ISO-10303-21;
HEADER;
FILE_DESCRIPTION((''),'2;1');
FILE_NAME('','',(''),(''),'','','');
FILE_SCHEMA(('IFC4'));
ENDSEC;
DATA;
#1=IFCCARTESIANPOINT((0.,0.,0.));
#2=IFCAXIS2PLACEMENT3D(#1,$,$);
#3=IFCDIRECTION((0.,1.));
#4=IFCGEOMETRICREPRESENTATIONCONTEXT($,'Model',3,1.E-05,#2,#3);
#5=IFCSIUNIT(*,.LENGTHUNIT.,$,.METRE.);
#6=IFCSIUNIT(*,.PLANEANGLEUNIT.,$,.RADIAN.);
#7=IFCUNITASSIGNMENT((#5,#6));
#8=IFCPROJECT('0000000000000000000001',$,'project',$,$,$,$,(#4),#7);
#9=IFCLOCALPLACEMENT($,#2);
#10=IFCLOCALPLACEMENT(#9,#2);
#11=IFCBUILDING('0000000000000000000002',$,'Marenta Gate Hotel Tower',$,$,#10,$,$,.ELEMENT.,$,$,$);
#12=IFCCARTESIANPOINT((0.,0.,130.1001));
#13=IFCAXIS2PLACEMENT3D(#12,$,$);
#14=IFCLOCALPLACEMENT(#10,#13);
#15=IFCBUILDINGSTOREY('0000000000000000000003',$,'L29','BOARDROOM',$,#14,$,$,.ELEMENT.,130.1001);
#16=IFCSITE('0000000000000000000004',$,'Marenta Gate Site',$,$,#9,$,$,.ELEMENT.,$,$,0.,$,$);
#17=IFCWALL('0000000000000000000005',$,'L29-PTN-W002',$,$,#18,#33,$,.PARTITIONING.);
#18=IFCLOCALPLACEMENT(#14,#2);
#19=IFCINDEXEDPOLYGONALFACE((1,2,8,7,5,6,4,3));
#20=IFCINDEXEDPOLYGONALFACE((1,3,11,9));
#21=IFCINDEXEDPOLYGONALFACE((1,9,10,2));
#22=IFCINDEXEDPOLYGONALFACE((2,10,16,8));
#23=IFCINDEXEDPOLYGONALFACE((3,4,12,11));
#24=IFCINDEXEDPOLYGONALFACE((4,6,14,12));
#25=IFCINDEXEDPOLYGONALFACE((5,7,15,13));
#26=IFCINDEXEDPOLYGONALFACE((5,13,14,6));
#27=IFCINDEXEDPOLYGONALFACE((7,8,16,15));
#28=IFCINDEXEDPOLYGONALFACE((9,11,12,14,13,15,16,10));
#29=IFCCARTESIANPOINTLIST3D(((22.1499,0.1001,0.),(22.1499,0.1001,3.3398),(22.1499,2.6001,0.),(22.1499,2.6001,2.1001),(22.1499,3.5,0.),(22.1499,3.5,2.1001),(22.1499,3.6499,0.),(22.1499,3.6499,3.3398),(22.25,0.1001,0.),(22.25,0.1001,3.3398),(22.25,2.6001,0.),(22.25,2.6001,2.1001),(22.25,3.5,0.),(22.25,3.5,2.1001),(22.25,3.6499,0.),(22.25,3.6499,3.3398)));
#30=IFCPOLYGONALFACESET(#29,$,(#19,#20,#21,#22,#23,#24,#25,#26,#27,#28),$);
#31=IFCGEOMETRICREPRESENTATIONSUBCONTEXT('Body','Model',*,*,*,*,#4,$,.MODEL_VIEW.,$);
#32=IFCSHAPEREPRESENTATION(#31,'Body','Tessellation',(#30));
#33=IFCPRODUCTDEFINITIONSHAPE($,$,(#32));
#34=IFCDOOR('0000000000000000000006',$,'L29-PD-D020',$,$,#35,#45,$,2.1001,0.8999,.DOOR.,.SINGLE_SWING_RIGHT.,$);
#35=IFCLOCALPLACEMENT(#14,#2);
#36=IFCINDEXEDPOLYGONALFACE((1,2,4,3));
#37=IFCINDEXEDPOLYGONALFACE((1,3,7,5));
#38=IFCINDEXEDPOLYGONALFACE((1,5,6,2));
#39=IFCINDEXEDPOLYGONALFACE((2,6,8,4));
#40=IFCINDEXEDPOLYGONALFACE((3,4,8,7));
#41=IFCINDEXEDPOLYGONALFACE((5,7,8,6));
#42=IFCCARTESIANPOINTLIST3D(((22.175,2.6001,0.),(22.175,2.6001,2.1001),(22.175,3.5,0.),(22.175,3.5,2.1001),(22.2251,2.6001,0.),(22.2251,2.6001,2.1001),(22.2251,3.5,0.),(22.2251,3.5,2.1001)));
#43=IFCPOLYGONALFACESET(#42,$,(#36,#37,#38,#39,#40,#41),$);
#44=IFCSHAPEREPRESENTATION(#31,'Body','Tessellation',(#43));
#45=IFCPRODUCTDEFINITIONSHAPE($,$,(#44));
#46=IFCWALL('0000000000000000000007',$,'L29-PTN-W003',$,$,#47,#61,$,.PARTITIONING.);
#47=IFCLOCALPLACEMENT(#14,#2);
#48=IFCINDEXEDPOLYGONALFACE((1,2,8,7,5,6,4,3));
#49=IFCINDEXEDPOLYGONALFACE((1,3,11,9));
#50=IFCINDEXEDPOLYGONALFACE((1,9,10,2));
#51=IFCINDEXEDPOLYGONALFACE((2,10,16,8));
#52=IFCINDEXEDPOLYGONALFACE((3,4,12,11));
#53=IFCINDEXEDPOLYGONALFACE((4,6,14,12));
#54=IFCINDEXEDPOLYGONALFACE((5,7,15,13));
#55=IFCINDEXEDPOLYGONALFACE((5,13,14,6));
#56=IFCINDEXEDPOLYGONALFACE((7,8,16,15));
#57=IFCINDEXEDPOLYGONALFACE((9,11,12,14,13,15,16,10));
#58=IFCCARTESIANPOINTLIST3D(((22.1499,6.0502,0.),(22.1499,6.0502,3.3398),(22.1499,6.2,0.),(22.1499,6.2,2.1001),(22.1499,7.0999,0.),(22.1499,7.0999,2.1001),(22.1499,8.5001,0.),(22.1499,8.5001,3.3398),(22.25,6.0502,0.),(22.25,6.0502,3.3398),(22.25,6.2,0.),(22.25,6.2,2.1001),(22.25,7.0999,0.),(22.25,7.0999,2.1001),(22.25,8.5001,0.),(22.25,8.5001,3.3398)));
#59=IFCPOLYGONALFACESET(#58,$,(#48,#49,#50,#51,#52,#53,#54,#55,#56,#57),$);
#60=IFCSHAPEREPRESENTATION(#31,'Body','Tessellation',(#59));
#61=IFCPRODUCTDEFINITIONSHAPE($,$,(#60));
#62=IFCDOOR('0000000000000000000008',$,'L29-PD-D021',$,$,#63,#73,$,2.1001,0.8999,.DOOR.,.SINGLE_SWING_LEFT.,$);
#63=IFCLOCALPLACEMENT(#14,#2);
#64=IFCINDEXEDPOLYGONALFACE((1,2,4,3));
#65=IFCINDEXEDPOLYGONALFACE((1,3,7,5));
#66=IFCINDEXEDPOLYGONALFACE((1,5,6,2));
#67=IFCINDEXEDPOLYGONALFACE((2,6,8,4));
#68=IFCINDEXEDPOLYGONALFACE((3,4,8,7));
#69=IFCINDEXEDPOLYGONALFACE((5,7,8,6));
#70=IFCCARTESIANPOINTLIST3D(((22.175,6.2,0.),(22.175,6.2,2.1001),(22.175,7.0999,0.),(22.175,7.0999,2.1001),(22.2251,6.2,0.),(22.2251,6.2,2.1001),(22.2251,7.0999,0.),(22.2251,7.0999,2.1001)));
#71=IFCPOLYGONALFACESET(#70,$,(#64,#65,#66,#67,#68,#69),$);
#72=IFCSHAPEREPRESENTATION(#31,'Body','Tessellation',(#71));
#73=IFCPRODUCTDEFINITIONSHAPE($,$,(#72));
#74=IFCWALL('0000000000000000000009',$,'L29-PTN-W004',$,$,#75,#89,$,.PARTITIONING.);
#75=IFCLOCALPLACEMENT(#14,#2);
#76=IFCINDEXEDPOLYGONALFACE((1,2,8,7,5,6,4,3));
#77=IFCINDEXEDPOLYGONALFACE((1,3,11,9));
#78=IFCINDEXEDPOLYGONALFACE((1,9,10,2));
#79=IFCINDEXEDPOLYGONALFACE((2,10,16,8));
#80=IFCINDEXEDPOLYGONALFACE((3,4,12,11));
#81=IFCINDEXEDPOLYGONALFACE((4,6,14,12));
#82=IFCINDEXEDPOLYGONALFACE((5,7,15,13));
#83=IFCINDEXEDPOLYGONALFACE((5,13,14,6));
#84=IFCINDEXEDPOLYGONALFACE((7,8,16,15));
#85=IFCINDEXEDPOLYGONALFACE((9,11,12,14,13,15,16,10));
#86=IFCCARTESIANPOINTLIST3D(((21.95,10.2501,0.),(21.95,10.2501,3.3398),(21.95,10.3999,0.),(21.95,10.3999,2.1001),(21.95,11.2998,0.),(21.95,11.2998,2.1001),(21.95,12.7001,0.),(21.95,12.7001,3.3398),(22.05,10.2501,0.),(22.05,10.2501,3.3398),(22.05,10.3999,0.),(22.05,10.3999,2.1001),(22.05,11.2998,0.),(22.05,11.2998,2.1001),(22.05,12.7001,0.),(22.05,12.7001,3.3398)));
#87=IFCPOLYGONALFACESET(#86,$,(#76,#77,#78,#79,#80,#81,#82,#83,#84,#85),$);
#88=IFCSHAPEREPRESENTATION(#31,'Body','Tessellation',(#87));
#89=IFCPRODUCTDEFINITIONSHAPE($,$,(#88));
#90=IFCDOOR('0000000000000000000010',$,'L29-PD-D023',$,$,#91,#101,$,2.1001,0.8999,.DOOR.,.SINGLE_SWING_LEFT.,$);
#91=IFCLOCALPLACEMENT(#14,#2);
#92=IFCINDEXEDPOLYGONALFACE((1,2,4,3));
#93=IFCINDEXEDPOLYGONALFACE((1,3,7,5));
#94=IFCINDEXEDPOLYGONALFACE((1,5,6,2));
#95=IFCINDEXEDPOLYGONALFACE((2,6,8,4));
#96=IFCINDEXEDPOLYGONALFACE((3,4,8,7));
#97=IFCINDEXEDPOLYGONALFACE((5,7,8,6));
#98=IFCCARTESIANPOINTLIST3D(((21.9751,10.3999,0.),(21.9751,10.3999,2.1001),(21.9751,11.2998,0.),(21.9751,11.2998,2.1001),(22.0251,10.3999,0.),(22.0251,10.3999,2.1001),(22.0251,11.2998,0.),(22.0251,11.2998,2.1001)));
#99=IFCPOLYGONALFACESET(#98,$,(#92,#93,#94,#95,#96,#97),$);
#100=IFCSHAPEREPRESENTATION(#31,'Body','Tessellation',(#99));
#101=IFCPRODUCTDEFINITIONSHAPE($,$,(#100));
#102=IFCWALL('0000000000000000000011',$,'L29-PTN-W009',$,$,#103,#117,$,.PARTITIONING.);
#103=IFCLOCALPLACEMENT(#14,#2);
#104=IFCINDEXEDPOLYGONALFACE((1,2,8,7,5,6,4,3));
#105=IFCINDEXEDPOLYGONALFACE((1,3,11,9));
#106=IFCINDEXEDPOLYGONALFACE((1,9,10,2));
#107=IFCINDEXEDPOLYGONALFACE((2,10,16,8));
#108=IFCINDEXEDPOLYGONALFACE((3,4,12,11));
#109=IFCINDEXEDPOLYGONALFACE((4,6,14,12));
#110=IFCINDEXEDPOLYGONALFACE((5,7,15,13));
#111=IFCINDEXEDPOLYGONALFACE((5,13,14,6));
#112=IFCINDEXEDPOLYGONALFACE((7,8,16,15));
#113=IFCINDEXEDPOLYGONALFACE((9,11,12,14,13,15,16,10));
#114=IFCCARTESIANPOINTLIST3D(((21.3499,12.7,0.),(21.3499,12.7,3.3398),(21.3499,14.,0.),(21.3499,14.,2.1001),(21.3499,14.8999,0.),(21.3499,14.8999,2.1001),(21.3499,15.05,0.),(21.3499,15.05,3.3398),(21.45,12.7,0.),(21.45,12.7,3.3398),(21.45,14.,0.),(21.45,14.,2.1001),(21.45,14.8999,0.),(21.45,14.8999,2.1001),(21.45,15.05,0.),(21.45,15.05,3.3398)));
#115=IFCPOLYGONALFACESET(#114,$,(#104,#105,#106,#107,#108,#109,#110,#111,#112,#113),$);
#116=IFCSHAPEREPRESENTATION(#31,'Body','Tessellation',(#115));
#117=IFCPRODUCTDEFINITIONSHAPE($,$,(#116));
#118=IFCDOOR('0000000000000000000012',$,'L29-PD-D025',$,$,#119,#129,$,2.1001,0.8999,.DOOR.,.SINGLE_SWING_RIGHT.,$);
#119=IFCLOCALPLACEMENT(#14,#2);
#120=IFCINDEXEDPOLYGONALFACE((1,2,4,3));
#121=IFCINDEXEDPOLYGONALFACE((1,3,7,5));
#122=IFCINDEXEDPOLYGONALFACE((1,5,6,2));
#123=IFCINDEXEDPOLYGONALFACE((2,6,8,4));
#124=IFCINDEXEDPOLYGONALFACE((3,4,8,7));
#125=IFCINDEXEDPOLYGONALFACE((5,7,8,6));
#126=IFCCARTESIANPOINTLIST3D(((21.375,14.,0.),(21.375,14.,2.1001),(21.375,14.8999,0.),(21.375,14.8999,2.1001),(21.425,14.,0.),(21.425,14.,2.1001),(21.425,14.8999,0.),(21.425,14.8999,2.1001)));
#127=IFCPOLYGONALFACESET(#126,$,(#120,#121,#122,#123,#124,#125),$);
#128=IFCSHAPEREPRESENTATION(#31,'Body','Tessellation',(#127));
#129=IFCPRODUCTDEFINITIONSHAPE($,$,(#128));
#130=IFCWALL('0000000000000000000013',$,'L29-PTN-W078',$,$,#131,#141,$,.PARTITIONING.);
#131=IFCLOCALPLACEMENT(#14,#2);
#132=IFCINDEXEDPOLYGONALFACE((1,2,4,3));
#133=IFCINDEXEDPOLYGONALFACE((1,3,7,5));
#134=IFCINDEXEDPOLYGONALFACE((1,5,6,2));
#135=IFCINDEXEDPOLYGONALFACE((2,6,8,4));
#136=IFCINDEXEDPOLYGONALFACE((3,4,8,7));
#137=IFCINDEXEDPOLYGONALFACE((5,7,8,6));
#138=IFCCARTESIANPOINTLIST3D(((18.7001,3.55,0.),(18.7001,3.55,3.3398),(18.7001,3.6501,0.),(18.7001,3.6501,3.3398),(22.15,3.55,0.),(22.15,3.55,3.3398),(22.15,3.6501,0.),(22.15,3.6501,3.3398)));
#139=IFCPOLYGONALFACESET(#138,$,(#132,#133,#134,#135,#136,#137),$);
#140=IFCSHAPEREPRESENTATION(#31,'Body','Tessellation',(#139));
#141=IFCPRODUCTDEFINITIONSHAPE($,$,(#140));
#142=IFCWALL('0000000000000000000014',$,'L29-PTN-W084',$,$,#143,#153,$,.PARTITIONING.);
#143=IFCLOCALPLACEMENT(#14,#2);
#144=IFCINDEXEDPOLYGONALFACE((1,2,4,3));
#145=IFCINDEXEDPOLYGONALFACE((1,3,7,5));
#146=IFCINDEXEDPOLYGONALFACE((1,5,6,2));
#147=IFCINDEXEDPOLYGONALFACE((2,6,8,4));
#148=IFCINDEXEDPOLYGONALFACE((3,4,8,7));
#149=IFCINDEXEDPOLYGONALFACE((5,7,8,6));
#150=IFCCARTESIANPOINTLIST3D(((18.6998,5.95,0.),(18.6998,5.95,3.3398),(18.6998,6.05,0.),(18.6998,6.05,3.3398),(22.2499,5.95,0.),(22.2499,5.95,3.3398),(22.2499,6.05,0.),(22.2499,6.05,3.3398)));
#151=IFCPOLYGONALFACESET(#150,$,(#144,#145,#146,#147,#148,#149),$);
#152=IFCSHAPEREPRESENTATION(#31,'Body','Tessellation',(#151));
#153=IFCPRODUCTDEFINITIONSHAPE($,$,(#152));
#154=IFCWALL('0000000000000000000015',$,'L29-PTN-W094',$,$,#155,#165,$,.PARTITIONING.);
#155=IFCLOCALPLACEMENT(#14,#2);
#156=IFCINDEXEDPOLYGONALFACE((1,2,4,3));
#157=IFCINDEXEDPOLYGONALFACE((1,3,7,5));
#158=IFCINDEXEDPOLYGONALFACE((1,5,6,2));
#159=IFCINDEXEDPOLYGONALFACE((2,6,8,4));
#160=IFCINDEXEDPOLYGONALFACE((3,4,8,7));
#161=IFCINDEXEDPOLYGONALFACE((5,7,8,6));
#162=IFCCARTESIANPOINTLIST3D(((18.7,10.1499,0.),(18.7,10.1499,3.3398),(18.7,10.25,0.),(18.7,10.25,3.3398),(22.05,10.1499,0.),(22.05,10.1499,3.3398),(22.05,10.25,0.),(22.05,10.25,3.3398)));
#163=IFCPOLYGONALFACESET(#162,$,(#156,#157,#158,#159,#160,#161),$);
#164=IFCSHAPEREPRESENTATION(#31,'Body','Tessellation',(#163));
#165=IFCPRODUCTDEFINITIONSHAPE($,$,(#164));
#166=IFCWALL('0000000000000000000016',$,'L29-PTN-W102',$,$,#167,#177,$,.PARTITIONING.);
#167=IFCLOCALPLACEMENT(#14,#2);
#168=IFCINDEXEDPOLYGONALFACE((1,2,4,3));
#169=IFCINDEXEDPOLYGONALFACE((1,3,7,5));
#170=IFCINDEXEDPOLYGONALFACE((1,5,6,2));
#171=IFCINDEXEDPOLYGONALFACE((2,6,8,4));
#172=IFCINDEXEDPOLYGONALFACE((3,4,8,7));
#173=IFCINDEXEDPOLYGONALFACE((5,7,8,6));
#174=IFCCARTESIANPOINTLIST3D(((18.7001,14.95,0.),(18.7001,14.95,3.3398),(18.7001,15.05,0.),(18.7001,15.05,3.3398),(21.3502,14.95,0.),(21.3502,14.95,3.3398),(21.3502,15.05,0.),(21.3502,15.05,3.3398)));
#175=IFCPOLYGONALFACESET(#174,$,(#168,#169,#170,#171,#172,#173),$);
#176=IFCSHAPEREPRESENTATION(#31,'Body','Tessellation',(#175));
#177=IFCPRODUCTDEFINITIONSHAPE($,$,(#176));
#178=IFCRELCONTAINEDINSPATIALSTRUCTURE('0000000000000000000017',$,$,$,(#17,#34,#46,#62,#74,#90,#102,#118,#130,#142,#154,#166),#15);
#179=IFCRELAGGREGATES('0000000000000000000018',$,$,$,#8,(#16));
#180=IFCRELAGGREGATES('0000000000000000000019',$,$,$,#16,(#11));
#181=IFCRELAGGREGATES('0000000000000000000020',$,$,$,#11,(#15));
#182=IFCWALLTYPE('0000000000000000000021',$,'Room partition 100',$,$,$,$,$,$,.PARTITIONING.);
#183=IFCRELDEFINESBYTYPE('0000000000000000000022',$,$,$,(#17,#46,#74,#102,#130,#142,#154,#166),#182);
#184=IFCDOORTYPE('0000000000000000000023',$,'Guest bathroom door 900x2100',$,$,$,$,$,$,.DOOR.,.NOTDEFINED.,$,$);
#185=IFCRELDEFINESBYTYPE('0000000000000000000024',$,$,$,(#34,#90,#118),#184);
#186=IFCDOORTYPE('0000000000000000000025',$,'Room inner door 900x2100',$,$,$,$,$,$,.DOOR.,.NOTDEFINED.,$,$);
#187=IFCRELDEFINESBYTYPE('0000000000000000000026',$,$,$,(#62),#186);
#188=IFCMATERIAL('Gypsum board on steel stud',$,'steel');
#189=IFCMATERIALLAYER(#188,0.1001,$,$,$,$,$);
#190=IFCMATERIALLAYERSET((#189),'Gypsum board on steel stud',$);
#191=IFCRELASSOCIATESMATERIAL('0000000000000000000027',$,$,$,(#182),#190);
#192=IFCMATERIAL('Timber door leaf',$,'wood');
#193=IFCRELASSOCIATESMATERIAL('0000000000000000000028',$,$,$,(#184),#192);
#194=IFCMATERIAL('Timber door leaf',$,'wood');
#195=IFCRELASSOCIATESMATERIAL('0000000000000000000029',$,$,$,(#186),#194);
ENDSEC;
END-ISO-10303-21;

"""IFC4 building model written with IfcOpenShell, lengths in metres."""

from ifc_helpers import new_model, si_unit, direction, frame, frame_2d, origin, place, context, subcontext, project, spatial, rectangle, extrude, material, layer, layer_set, type_object, element, fill, save


model = new_model("IFC4")

# Units and contexts
model_context = context("Model", 3, precision=1e-05, world=origin(), true_north=direction((0.0, 1.0)))
body_context = subcontext(model_context, "Body", "Model", "MODEL_VIEW")
ifc_project = project(units=[si_unit("LENGTHUNIT", "METRE"), si_unit("PLANEANGLEUNIT", "RADIAN")], contexts=[model_context])

# Site, building, storey
site_placement = place(None, origin())
site = spatial("IfcSite", under=ifc_project, at=site_placement, Name="Marenta Gate Site", CompositionType="ELEMENT", RefElevation=0.0)
building_placement = place(site_placement, origin())
building = spatial("IfcBuilding", under=site, at=building_placement, Name="Marenta Gate Hotel Tower", CompositionType="ELEMENT")
storey_placement = place(building_placement, frame((0.0, 0.0, 130.1001)))
storey = spatial("IfcBuildingStorey", under=building, at=storey_placement, Name="L29", Description="BOARDROOM", CompositionType="ELEMENT", Elevation=130.1001)

# Walls, openings, doors
ifc_material_1 = material(Name="Gypsum board on steel stud", Category="steel")
ifc_layer_1 = layer(ifc_material_1, 0.1001)
ifc_layer_set_1 = layer_set([ifc_layer_1], Name="Gypsum board on steel stud")
wall_type_1 = type_object("IfcWallType", Name="Room partition 100", PredefinedType="PARTITIONING", material=ifc_layer_set_1)
wall_1_placement = place(storey_placement, frame((22.2, 0.1001, 0.0), z_axis=(0.0, 0.0, 1.0), x_axis=(0.0, 1.0, 0.0)))
wall_1 = element("IfcWall", 1, at=wall_1_placement, inside=storey, type_object=wall_type_1, Name="L29-PTN-W002", PredefinedType="PARTITIONING", context=body_context, shape_type="SweptSolid", body=[
    extrude(rectangle(XDim=3.5498, YDim=0.1001, at=frame_2d((1.7749, 0.0))), origin(), (0.0, 0.0, 1.0), 3.3398),
])
opening_1_placement = place(wall_1_placement, frame((2.5, 0.0, 0.0)))
opening_1 = element("IfcOpeningElement", 2, at=opening_1_placement, cuts=wall_1, PredefinedType="OPENING", context=body_context, shape_type="SweptSolid", body=[
    extrude(rectangle(XDim=0.8999, YDim=2.1001, at=frame_2d((0.45, 1.05))), frame((0.0, 0.05, 0.0), z_axis=(0.0, -1.0, 0.0), x_axis=(1.0, 0.0, 0.0)), (0.0, 0.0, 1.0), 0.1001),
])
ifc_material_2 = material(Name="Timber door leaf", Category="wood")
door_type_1 = type_object("IfcDoorType", Name="Guest bathroom door 900x2100", OperationType="NOTDEFINED", PredefinedType="DOOR", material=ifc_material_2)
door_1_placement = place(opening_1_placement, origin())
door_1 = element("IfcDoor", 3, at=door_1_placement, inside=storey, type_object=door_type_1, Name="L29-PD-D020", OperationType="SINGLE_SWING_RIGHT", OverallHeight=2.1001, OverallWidth=0.8999, PredefinedType="DOOR", context=body_context, shape_type="SweptSolid", body=[
    extrude(rectangle(XDim=0.8999, YDim=2.1001, at=frame_2d((0.45, 1.05))), frame((0.0, 0.0249, 0.0), z_axis=(0.0, -1.0, 0.0), x_axis=(1.0, 0.0, 0.0)), (0.0, 0.0, 1.0), 0.05),
])
fill(opening_1, door_1)
wall_2_placement = place(storey_placement, frame((22.2, 6.05, 0.0), z_axis=(0.0, 0.0, 1.0), x_axis=(0.0, 1.0, 0.0)))
wall_2 = element("IfcWall", 4, at=wall_2_placement, inside=storey, type_object=wall_type_1, Name="L29-PTN-W003", PredefinedType="PARTITIONING", context=body_context, shape_type="SweptSolid", body=[
    extrude(rectangle(XDim=2.45, YDim=0.1001, at=frame_2d((1.2251, 0.0))), origin(), (0.0, 0.0, 1.0), 3.3398),
])
opening_2_placement = place(wall_2_placement, frame((0.1499, 0.0, 0.0)))
opening_2 = element("IfcOpeningElement", 5, at=opening_2_placement, cuts=wall_2, PredefinedType="OPENING", context=body_context, shape_type="SweptSolid", body=[
    extrude(rectangle(XDim=0.8999, YDim=2.1001, at=frame_2d((0.45, 1.05))), frame((0.0, 0.05, 0.0), z_axis=(0.0, -1.0, 0.0), x_axis=(1.0, 0.0, 0.0)), (0.0, 0.0, 1.0), 0.1001),
])
ifc_material_3 = material(Name="Timber door leaf", Category="wood")
door_type_2 = type_object("IfcDoorType", Name="Room inner door 900x2100", OperationType="NOTDEFINED", PredefinedType="DOOR", material=ifc_material_3)
door_2_placement = place(opening_2_placement, origin())
door_2 = element("IfcDoor", 6, at=door_2_placement, inside=storey, type_object=door_type_2, Name="L29-PD-D021", OperationType="SINGLE_SWING_LEFT", OverallHeight=2.1001, OverallWidth=0.8999, PredefinedType="DOOR", context=body_context, shape_type="SweptSolid", body=[
    extrude(rectangle(XDim=0.8999, YDim=2.1001, at=frame_2d((0.45, 1.05))), frame((0.0, 0.0249, 0.0), z_axis=(0.0, -1.0, 0.0), x_axis=(1.0, 0.0, 0.0)), (0.0, 0.0, 1.0), 0.05),
])
fill(opening_2, door_2)
wall_3_placement = place(storey_placement, frame((22.0, 10.25, 0.0), z_axis=(0.0, 0.0, 1.0), x_axis=(0.0, 1.0, 0.0)))
wall_3 = element("IfcWall", 7, at=wall_3_placement, inside=storey, type_object=wall_type_1, Name="L29-PTN-W004", PredefinedType="PARTITIONING", context=body_context, shape_type="SweptSolid", body=[
    extrude(rectangle(XDim=2.45, YDim=0.1001, at=frame_2d((1.2251, 0.0))), origin(), (0.0, 0.0, 1.0), 3.3398),
])
opening_3_placement = place(wall_3_placement, frame((0.1499, 0.0, 0.0)))
opening_3 = element("IfcOpeningElement", 8, at=opening_3_placement, cuts=wall_3, PredefinedType="OPENING", context=body_context, shape_type="SweptSolid", body=[
    extrude(rectangle(XDim=0.8999, YDim=2.1001, at=frame_2d((0.45, 1.05))), frame((0.0, 0.05, 0.0), z_axis=(0.0, -1.0, 0.0), x_axis=(1.0, 0.0, 0.0)), (0.0, 0.0, 1.0), 0.1001),
])
door_3_placement = place(opening_3_placement, origin())
door_3 = element("IfcDoor", 9, at=door_3_placement, inside=storey, type_object=door_type_1, Name="L29-PD-D023", OperationType="SINGLE_SWING_LEFT", OverallHeight=2.1001, OverallWidth=0.8999, PredefinedType="DOOR", context=body_context, shape_type="SweptSolid", body=[
    extrude(rectangle(XDim=0.8999, YDim=2.1001, at=frame_2d((0.45, 1.05))), frame((0.0, 0.0249, 0.0), z_axis=(0.0, -1.0, 0.0), x_axis=(1.0, 0.0, 0.0)), (0.0, 0.0, 1.0), 0.05),
])
fill(opening_3, door_3)
wall_4_placement = place(storey_placement, frame((21.3999, 12.7, 0.0), z_axis=(0.0, 0.0, 1.0), x_axis=(0.0, 1.0, 0.0)))
wall_4 = element("IfcWall", 10, at=wall_4_placement, inside=storey, type_object=wall_type_1, Name="L29-PTN-W009", PredefinedType="PARTITIONING", context=body_context, shape_type="SweptSolid", body=[
    extrude(rectangle(XDim=2.3501, YDim=0.1001, at=frame_2d((1.175, 0.0))), origin(), (0.0, 0.0, 1.0), 3.3398),
])
opening_4_placement = place(wall_4_placement, frame((1.3, 0.0, 0.0)))
opening_4 = element("IfcOpeningElement", 11, at=opening_4_placement, cuts=wall_4, PredefinedType="OPENING", context=body_context, shape_type="SweptSolid", body=[
    extrude(rectangle(XDim=0.8999, YDim=2.1001, at=frame_2d((0.45, 1.05))), frame((0.0, 0.05, 0.0), z_axis=(0.0, -1.0, 0.0), x_axis=(1.0, 0.0, 0.0)), (0.0, 0.0, 1.0), 0.1001),
])
door_4_placement = place(opening_4_placement, origin())
door_4 = element("IfcDoor", 12, at=door_4_placement, inside=storey, type_object=door_type_1, Name="L29-PD-D025", OperationType="SINGLE_SWING_RIGHT", OverallHeight=2.1001, OverallWidth=0.8999, PredefinedType="DOOR", context=body_context, shape_type="SweptSolid", body=[
    extrude(rectangle(XDim=0.8999, YDim=2.1001, at=frame_2d((0.45, 1.05))), frame((0.0, 0.0249, 0.0), z_axis=(0.0, -1.0, 0.0), x_axis=(1.0, 0.0, 0.0)), (0.0, 0.0, 1.0), 0.05),
])
fill(opening_4, door_4)

# Walls
wall_5_placement = place(storey_placement, frame((18.7, 3.6001, 0.0), z_axis=(0.0, 0.0, 1.0), x_axis=(1.0, 0.0, 0.0)))
element("IfcWall", 13, at=wall_5_placement, inside=storey, type_object=wall_type_1, Name="L29-PTN-W078", PredefinedType="PARTITIONING", context=body_context, shape_type="SweptSolid", body=[
    extrude(rectangle(XDim=3.45, YDim=0.1001, at=frame_2d((1.7251, 0.0))), origin(), (0.0, 0.0, 1.0), 3.3398),
])
wall_6_placement = place(storey_placement, frame((18.7, 6.0, 0.0), z_axis=(0.0, 0.0, 1.0), x_axis=(1.0, 0.0, 0.0)))
element("IfcWall", 14, at=wall_6_placement, inside=storey, type_object=wall_type_1, Name="L29-PTN-W084", PredefinedType="PARTITIONING", context=body_context, shape_type="SweptSolid", body=[
    extrude(rectangle(XDim=3.55, YDim=0.1001, at=frame_2d((1.7749, 0.0))), origin(), (0.0, 0.0, 1.0), 3.3398),
])
wall_7_placement = place(storey_placement, frame((18.7, 10.2, 0.0), z_axis=(0.0, 0.0, 1.0), x_axis=(1.0, 0.0, 0.0)))
element("IfcWall", 15, at=wall_7_placement, inside=storey, type_object=wall_type_1, Name="L29-PTN-W094", PredefinedType="PARTITIONING", context=body_context, shape_type="SweptSolid", body=[
    extrude(rectangle(XDim=3.3501, YDim=0.1001, at=frame_2d((1.675, 0.0))), origin(), (0.0, 0.0, 1.0), 3.3398),
])
wall_8_placement = place(storey_placement, frame((18.7, 15.0, 0.0), z_axis=(0.0, 0.0, 1.0), x_axis=(1.0, 0.0, 0.0)))
element("IfcWall", 16, at=wall_8_placement, inside=storey, type_object=wall_type_1, Name="L29-PTN-W102", PredefinedType="PARTITIONING", context=body_context, shape_type="SweptSolid", body=[
    extrude(rectangle(XDim=2.6501, YDim=0.1001, at=frame_2d((1.3252, 0.0))), origin(), (0.0, 0.0, 1.0), 3.3398),
])

save(model, "model.ifc")
